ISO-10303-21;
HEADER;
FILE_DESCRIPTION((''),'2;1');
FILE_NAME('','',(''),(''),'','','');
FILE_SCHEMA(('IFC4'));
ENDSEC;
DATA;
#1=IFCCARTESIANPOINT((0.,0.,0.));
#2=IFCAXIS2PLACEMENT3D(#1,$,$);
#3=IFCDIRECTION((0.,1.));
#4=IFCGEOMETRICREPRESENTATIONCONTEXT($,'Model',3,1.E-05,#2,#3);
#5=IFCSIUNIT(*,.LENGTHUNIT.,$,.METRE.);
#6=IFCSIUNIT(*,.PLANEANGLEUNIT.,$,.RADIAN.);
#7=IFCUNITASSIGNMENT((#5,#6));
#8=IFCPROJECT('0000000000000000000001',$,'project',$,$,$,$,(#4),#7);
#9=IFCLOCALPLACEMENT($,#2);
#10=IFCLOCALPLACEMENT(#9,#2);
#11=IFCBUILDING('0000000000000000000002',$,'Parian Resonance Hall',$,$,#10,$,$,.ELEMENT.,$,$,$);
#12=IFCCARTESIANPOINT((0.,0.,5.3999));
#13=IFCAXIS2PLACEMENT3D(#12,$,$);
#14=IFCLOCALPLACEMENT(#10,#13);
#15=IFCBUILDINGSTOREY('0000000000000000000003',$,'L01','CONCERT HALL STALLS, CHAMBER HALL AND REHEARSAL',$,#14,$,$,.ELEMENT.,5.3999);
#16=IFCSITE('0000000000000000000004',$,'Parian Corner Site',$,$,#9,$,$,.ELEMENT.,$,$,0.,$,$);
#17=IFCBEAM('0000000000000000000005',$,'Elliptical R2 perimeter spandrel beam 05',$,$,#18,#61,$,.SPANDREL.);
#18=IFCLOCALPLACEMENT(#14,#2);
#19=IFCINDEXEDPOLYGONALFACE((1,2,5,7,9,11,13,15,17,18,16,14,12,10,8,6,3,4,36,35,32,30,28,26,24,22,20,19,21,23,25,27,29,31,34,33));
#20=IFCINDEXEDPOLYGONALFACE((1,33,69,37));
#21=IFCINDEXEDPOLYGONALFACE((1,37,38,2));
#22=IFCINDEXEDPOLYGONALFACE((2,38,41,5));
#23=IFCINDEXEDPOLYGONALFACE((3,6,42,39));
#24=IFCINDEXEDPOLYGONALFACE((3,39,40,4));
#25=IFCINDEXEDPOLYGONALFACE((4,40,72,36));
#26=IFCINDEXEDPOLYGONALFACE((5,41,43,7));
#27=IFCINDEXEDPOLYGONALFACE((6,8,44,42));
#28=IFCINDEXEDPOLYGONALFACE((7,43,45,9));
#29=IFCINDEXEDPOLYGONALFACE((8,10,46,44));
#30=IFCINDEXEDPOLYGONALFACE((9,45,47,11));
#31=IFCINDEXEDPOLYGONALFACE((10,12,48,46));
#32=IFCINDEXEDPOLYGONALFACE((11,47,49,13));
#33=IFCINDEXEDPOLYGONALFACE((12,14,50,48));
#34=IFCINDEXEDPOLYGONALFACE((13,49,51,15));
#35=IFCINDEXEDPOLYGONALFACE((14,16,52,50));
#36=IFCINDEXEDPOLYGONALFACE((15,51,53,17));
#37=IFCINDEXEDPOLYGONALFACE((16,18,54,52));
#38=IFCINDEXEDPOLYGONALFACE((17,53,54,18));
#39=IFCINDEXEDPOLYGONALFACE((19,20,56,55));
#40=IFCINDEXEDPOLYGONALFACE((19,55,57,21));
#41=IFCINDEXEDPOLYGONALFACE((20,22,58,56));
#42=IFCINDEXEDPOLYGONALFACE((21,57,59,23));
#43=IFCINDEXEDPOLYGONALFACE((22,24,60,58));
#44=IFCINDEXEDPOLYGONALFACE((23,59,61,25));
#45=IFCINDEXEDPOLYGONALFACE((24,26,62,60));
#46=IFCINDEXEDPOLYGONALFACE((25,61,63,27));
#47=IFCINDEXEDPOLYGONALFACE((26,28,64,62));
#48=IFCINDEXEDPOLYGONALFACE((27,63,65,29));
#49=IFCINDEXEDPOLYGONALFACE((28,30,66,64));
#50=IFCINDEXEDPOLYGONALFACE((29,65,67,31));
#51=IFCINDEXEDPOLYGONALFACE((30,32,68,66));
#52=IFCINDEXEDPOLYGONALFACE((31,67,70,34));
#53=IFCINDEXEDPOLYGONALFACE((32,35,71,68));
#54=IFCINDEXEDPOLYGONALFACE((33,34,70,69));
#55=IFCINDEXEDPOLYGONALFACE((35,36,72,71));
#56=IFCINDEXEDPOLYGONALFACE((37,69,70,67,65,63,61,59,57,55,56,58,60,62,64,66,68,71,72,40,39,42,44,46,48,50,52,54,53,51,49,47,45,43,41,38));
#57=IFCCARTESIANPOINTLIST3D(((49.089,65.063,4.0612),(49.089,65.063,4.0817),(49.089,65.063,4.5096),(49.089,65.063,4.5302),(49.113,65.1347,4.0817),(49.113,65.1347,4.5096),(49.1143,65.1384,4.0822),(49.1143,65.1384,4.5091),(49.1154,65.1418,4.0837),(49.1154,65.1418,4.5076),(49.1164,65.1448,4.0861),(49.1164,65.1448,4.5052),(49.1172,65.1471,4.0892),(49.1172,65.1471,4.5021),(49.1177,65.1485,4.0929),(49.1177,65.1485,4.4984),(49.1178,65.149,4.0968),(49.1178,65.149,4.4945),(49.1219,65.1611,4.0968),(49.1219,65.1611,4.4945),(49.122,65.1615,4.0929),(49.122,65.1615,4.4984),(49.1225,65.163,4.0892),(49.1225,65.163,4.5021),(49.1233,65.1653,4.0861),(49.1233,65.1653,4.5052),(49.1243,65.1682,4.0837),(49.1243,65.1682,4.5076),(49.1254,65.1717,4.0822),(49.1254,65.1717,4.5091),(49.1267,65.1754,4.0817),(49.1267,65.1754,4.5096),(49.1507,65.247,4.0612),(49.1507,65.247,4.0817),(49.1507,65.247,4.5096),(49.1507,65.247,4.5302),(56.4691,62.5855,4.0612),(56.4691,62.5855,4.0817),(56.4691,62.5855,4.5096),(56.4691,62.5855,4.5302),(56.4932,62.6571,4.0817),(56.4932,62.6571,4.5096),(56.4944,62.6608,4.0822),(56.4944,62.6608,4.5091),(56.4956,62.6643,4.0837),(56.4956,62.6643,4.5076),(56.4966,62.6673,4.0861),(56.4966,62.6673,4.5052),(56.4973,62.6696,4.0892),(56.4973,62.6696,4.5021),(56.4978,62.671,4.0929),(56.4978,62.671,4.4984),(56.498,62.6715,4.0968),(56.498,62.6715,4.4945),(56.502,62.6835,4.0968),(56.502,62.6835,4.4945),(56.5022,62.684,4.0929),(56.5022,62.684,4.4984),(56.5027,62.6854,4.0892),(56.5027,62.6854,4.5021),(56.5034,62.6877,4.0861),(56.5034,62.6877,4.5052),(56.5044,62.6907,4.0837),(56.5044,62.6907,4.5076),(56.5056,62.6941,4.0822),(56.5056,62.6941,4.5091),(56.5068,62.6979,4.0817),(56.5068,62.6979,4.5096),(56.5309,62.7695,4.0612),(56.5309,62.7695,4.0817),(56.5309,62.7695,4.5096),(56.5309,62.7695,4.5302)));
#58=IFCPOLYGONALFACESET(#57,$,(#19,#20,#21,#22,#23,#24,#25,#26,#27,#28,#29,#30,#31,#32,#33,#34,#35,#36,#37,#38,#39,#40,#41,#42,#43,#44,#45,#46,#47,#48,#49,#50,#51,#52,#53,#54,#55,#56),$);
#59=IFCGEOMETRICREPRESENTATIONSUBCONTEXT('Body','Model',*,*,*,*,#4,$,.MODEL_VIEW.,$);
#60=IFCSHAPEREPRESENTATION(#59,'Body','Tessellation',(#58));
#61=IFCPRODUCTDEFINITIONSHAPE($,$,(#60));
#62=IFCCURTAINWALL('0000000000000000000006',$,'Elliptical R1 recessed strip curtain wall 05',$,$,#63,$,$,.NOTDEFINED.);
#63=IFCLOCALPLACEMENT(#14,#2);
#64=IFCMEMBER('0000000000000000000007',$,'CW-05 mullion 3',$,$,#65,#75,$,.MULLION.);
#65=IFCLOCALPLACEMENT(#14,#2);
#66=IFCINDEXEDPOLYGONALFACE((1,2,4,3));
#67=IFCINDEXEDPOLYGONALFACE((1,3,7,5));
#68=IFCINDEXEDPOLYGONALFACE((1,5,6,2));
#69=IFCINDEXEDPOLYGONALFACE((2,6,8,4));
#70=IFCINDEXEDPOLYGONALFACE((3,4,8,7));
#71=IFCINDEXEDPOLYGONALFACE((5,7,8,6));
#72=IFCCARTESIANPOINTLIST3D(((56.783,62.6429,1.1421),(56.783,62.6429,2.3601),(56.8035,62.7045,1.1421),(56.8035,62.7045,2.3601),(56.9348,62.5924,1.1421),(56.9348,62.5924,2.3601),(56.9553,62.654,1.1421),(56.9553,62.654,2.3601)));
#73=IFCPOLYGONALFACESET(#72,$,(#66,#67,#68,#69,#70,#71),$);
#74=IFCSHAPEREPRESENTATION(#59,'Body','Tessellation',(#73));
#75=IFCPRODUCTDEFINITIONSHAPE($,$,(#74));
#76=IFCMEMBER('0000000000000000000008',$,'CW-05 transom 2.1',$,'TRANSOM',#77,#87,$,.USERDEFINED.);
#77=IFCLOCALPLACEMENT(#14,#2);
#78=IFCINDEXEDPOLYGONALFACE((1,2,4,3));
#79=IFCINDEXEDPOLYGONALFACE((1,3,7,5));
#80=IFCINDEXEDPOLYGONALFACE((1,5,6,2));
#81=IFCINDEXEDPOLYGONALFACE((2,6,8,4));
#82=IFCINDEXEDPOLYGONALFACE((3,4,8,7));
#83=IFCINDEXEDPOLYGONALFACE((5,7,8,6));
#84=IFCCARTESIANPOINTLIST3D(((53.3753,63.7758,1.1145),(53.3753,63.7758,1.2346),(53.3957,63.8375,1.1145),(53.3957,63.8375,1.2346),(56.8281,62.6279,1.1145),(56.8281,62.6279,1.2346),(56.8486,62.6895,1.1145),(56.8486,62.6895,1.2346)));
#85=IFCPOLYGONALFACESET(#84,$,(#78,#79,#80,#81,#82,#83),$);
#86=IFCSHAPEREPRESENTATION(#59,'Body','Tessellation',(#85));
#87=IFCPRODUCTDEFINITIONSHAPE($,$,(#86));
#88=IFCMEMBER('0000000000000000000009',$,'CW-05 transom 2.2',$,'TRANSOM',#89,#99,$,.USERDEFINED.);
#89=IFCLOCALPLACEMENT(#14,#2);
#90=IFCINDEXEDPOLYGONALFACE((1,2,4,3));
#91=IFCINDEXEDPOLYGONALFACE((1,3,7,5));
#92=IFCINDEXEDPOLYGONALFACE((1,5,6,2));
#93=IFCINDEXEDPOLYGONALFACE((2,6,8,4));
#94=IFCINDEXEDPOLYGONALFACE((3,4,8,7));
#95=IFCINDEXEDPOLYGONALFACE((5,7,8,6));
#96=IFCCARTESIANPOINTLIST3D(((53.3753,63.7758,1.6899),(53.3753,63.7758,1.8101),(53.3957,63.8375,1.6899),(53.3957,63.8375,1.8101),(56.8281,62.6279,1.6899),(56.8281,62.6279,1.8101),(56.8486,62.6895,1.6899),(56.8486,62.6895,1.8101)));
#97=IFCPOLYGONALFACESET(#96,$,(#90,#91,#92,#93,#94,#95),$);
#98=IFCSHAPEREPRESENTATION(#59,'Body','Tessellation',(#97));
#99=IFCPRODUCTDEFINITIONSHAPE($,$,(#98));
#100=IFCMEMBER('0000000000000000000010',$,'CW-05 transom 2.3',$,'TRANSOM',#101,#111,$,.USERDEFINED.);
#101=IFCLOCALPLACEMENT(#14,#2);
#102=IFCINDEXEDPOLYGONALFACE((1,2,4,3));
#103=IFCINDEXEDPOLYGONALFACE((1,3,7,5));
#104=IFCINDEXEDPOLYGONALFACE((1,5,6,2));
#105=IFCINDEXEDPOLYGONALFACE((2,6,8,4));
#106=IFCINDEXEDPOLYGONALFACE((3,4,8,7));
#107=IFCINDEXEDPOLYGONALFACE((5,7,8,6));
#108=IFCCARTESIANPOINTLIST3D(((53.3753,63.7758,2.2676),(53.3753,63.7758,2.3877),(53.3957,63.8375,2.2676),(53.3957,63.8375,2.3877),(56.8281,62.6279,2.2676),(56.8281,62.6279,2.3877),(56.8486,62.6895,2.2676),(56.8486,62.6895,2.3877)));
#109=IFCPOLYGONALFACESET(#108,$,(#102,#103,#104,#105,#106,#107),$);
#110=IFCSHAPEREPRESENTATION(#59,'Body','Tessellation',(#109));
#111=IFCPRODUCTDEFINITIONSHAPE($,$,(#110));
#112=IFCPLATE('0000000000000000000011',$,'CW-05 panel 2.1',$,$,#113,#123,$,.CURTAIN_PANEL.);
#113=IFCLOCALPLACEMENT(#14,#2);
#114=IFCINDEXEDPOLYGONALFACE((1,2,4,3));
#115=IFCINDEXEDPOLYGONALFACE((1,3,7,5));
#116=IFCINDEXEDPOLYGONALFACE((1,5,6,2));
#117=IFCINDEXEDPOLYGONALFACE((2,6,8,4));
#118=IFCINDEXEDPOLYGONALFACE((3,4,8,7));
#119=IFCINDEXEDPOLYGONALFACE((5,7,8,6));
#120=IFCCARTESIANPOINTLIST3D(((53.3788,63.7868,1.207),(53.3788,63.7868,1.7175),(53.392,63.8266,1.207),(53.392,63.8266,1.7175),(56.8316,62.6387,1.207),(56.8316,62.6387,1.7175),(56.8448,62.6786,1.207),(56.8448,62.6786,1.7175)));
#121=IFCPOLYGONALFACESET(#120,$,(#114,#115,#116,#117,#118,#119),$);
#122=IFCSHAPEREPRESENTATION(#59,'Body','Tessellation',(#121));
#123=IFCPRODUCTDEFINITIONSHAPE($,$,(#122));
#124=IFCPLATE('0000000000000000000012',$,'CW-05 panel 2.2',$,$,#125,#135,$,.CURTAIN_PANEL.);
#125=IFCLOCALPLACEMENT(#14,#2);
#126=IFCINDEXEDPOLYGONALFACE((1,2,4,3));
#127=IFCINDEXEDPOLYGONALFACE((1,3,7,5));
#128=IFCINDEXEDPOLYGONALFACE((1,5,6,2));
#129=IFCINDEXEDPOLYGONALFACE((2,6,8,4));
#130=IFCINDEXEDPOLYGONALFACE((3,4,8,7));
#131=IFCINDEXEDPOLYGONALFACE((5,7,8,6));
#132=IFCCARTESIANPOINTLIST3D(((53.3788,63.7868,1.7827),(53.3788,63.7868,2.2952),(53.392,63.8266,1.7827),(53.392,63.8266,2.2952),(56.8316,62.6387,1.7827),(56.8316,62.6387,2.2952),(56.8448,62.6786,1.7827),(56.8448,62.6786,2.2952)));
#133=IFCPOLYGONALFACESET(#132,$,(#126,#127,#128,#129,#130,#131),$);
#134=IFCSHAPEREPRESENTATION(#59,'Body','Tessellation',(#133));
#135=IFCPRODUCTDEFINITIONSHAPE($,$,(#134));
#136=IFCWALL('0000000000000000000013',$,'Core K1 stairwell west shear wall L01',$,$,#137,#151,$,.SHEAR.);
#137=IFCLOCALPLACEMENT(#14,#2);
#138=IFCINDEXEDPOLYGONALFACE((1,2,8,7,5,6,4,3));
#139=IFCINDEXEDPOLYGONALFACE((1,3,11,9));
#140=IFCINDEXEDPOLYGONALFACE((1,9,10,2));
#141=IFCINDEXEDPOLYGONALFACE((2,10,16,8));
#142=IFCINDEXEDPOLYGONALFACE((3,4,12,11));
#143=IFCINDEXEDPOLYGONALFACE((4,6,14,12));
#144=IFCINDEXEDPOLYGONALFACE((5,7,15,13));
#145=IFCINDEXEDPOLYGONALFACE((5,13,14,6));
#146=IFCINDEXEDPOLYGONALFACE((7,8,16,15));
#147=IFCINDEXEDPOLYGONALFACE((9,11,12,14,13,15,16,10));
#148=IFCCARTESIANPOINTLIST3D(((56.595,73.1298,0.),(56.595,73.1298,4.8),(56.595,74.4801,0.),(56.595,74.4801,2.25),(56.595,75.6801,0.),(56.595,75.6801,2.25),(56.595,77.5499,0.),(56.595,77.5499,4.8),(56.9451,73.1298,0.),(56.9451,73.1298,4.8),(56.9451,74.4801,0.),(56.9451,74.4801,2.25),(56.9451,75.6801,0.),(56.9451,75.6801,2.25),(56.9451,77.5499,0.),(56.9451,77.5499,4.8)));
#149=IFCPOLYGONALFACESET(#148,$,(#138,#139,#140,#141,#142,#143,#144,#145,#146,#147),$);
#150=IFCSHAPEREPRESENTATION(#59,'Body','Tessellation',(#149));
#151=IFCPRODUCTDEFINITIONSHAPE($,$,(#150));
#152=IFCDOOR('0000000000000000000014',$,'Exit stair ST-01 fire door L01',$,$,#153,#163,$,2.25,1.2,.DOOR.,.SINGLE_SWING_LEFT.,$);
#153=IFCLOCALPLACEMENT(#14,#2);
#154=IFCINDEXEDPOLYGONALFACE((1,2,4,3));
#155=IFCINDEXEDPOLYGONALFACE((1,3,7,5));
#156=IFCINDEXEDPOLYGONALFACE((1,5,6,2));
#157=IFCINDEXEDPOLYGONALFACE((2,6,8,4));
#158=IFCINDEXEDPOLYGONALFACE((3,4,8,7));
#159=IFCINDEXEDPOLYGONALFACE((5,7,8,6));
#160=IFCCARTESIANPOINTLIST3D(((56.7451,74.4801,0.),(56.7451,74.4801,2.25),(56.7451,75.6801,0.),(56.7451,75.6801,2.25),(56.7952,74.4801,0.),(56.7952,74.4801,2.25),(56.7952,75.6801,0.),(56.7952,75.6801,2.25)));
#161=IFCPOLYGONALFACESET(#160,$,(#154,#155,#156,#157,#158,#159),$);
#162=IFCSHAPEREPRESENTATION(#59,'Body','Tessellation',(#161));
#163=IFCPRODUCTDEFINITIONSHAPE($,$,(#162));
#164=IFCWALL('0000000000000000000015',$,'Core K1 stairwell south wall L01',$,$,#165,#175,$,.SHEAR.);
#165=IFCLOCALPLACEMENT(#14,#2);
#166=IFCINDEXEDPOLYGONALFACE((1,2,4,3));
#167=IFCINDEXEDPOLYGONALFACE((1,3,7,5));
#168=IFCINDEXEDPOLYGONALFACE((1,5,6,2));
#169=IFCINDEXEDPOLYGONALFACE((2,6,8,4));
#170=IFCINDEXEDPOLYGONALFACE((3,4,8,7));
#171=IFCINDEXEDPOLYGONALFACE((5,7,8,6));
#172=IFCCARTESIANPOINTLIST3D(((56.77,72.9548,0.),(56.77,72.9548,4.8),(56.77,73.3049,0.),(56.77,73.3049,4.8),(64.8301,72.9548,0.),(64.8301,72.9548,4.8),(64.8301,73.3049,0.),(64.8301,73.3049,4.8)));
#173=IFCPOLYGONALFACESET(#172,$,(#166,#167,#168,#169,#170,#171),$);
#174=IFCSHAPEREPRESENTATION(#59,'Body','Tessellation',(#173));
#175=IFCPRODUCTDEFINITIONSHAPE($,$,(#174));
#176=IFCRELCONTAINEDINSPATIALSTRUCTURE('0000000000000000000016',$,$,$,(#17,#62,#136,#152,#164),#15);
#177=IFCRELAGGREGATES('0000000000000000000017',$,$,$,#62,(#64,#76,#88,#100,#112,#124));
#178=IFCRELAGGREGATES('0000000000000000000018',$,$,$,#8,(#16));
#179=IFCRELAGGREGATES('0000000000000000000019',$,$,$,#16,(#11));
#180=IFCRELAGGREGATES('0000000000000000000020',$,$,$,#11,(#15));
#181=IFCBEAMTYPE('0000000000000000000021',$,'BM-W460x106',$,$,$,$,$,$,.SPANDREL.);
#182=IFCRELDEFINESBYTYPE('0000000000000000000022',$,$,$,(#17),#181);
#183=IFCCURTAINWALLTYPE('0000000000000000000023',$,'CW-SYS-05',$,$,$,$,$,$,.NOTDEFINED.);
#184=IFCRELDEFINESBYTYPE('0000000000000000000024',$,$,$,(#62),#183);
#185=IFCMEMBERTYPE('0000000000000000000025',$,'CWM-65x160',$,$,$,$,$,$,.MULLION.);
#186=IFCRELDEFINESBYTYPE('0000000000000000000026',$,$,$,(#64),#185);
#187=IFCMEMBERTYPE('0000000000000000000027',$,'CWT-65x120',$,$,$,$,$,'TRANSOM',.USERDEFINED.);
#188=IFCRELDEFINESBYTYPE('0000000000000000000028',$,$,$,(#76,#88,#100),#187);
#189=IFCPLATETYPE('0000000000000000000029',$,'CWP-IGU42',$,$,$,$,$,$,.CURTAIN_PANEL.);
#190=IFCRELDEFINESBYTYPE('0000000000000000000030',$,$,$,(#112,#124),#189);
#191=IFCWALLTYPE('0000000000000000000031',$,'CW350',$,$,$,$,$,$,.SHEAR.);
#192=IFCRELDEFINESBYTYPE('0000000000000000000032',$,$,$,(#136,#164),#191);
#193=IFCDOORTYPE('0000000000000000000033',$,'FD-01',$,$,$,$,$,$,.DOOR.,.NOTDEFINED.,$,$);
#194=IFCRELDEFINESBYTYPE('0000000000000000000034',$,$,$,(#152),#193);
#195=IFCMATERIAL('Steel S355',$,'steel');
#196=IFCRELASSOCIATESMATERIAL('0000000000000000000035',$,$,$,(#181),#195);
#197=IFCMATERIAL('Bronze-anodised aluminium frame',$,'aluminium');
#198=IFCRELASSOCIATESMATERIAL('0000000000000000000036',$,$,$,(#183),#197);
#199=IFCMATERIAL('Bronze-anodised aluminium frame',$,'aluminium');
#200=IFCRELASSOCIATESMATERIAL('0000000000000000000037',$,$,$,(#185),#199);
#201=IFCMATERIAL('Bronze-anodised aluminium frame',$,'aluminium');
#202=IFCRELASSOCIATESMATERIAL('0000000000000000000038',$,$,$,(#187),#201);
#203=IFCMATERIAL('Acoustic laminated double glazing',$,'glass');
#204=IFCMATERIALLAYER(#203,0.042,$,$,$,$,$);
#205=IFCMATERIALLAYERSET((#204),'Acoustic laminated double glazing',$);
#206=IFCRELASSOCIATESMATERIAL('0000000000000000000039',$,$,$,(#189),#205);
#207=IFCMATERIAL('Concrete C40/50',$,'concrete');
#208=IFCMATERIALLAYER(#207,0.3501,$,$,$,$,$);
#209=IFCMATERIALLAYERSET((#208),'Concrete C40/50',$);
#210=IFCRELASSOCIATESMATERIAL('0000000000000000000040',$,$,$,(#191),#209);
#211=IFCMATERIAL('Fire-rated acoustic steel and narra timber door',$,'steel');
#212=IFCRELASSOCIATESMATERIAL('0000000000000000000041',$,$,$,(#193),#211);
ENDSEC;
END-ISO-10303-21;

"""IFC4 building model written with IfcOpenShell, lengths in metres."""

from ifc_helpers import new_model, si_unit, direction, frame, frame_2d, origin, origin_2d, place, context, subcontext, project, spatial, rectangle, i_section, extrude, material, layer, layer_set, material_profile, profile_set, type_object, element, fill, aggregate, save


model = new_model("IFC4")

# Units and contexts
model_context = context("Model", 3, precision=1e-05, world=origin(), true_north=direction((0.0, 1.0)))
body_context = subcontext(model_context, "Body", "Model", "MODEL_VIEW")
ifc_project = project(units=[si_unit("LENGTHUNIT", "METRE"), si_unit("PLANEANGLEUNIT", "RADIAN")], contexts=[model_context])

# Site, building, storey
site_placement = place(None, origin())
site = spatial("IfcSite", under=ifc_project, at=site_placement, Name="Parian Corner Site", CompositionType="ELEMENT", RefElevation=0.0)
building_placement = place(site_placement, origin())
building = spatial("IfcBuilding", under=site, at=building_placement, Name="Parian Resonance Hall", CompositionType="ELEMENT")
storey_placement = place(building_placement, frame((0.0, 0.0, 5.3999)))
storey = spatial("IfcBuildingStorey", under=building, at=storey_placement, Name="L01", Description="CONCERT HALL STALLS, CHAMBER HALL AND REHEARSAL", CompositionType="ELEMENT", Elevation=5.3999)

# Beam
ifc_material_1 = material(Name="Steel S355", Category="steel")
ifc_material_profile_1 = material_profile(ifc_material_1, i_section(OverallWidth=0.1941, OverallDepth=0.469, WebThickness=0.0127, FlangeThickness=0.0205, FilletRadius=0.0151, at=origin_2d()), Name="W460x106")
ifc_profile_set_1 = profile_set([ifc_material_profile_1], Name="Steel S355")
beam_type_1 = type_object("IfcBeamType", Name="BM-W460x106", PredefinedType="SPANDREL", material=ifc_profile_set_1)
beam_1_placement = place(storey_placement, frame((56.5, 62.6775, 4.2957), z_axis=(-0.948007, 0.31825, 0.0), x_axis=(-0.31825, -0.948007, 0.0)))
element("IfcBeam", 1, at=beam_1_placement, inside=storey, type_object=beam_type_1, Name="Elliptical R2 perimeter spandrel beam 05", PredefinedType="SPANDREL", context=body_context, shape_type="SweptSolid", body=[
    extrude(i_section(OverallWidth=0.1941, OverallDepth=0.469, WebThickness=0.0127, FlangeThickness=0.0205, FilletRadius=0.0151, at=origin_2d()), origin(), (0.0, 0.0, 1.0), 7.7849),
])

# Curtain wall, members, plates
ifc_material_2 = material(Name="Bronze-anodised aluminium frame", Category="aluminium")
curtain_wall_type = type_object("IfcCurtainWallType", Name="CW-SYS-05", PredefinedType="NOTDEFINED", material=ifc_material_2)
curtain_wall_placement = place(storey_placement, origin())
curtain_wall = element("IfcCurtainWall", 2, at=curtain_wall_placement, inside=storey, type_object=curtain_wall_type, Name="Elliptical R1 recessed strip curtain wall 05", PredefinedType="NOTDEFINED")
ifc_material_3 = material(Name="Bronze-anodised aluminium frame", Category="aluminium")
ifc_material_profile_2 = material_profile(ifc_material_3, rectangle(XDim=0.0649, YDim=0.1599, at=origin_2d()), Name="CWM-65x160")
ifc_profile_set_2 = profile_set([ifc_material_profile_2], Name="Bronze-anodised aluminium frame")
member_type_1 = type_object("IfcMemberType", Name="CWM-65x160", PredefinedType="MULLION", material=ifc_profile_set_2)
member_1_placement = place(storey_placement, frame((56.8691, 62.6484, 1.1421), z_axis=(0.0, 0.0, 1.0), x_axis=(0.315509, 0.948923, 0.0)))
member_1 = element("IfcMember", 3, at=member_1_placement, type_object=member_type_1, Name="CW-05 mullion 3", PredefinedType="MULLION", context=body_context, shape_type="SweptSolid", body=[
    extrude(rectangle(XDim=0.0649, YDim=0.1599, at=origin_2d()), origin(), (0.0, 0.0, 1.0), 1.218),
])
ifc_material_4 = material(Name="Bronze-anodised aluminium frame", Category="aluminium")
ifc_material_profile_3 = material_profile(ifc_material_4, rectangle(XDim=0.0649, YDim=0.1201, at=origin_2d()), Name="CWT-65x120")
ifc_profile_set_3 = profile_set([ifc_material_profile_3], Name="Bronze-anodised aluminium frame")
member_type_2 = type_object("IfcMemberType", Name="CWT-65x120", ElementType="TRANSOM", PredefinedType="USERDEFINED", material=ifc_profile_set_3)
member_2_placement = place(storey_placement, frame((53.3855, 63.8066, 1.1746), z_axis=(0.948931, -0.315483, 0.0), x_axis=(0.315483, 0.948931, 0.0)))
member_2 = element("IfcMember", 4, at=member_2_placement, type_object=member_type_2, Name="CW-05 transom 2.1", ObjectType="TRANSOM", PredefinedType="USERDEFINED", context=body_context, shape_type="SweptSolid", body=[
    extrude(rectangle(XDim=0.0649, YDim=0.1201, at=origin_2d()), origin(), (0.0, 0.0, 1.0), 3.6387),
])
member_3_placement = place(storey_placement, frame((53.3855, 63.8066, 1.75), z_axis=(0.948931, -0.315483, 0.0), x_axis=(0.315483, 0.948931, 0.0)))
member_3 = element("IfcMember", 5, at=member_3_placement, type_object=member_type_2, Name="CW-05 transom 2.2", ObjectType="TRANSOM", PredefinedType="USERDEFINED", context=body_context, shape_type="SweptSolid", body=[
    extrude(rectangle(XDim=0.0649, YDim=0.1201, at=origin_2d()), origin(), (0.0, 0.0, 1.0), 3.6387),
])
member_4_placement = place(storey_placement, frame((53.3855, 63.8066, 2.3276), z_axis=(0.948931, -0.315483, 0.0), x_axis=(0.315483, 0.948931, 0.0)))
member_4 = element("IfcMember", 6, at=member_4_placement, type_object=member_type_2, Name="CW-05 transom 2.3", ObjectType="TRANSOM", PredefinedType="USERDEFINED", context=body_context, shape_type="SweptSolid", body=[
    extrude(rectangle(XDim=0.0649, YDim=0.1201, at=origin_2d()), origin(), (0.0, 0.0, 1.0), 3.6387),
])
ifc_material_5 = material(Name="Acoustic laminated double glazing", Category="glass")
ifc_layer_1 = layer(ifc_material_5, 0.042)
ifc_layer_set_1 = layer_set([ifc_layer_1], Name="Acoustic laminated double glazing")
plate_type = type_object("IfcPlateType", Name="CWP-IGU42", PredefinedType="CURTAIN_PANEL", material=ifc_layer_set_1)
plate_1_placement = place(storey_placement, frame((55.1118, 63.2327, 1.207), z_axis=(0.0, 0.0, 1.0), x_axis=(0.948923, -0.315509, 0.0)))
plate_1 = element("IfcPlate", 7, at=plate_1_placement, type_object=plate_type, Name="CW-05 panel 2.1", PredefinedType="CURTAIN_PANEL", context=body_context, shape_type="SweptSolid", body=[
    extrude(rectangle(XDim=3.6387, YDim=0.042, at=origin_2d()), origin(), (0.0, 0.0, 1.0), 0.5105),
])
plate_2_placement = place(storey_placement, frame((55.1118, 63.2327, 1.7827), z_axis=(0.0, 0.0, 1.0), x_axis=(0.948923, -0.315509, 0.0)))
plate_2 = element("IfcPlate", 8, at=plate_2_placement, type_object=plate_type, Name="CW-05 panel 2.2", PredefinedType="CURTAIN_PANEL", context=body_context, shape_type="SweptSolid", body=[
    extrude(rectangle(XDim=3.6387, YDim=0.042, at=origin_2d()), origin(), (0.0, 0.0, 1.0), 0.5125),
])
aggregate(curtain_wall, [member_1, member_2, member_3, member_4, plate_1, plate_2])

# Wall, opening, door
ifc_material_6 = material(Name="Concrete C40/50", Category="concrete")
ifc_layer_2 = layer(ifc_material_6, 0.3501)
ifc_layer_set_2 = layer_set([ifc_layer_2], Name="Concrete C40/50")
wall_type_1 = type_object("IfcWallType", Name="CW350", PredefinedType="SHEAR", material=ifc_layer_set_2)
wall_1_placement = place(storey_placement, frame((56.77, 73.1299, 0.0), z_axis=(0.0, 0.0, 1.0), x_axis=(0.0, 1.0, 0.0)))
wall_1 = element("IfcWall", 9, at=wall_1_placement, inside=storey, type_object=wall_type_1, Name="Core K1 stairwell west shear wall L01", PredefinedType="SHEAR", context=body_context, shape_type="SweptSolid", body=[
    extrude(rectangle(XDim=4.4202, YDim=0.3501, at=frame_2d((2.21, 0.0))), origin(), (0.0, 0.0, 1.0), 4.8),
])
opening_placement = place(wall_1_placement, frame((1.3501, 0.0, 0.0)))
opening = element("IfcOpeningElement", 10, at=opening_placement, cuts=wall_1, PredefinedType="OPENING", context=body_context, shape_type="SweptSolid", body=[
    extrude(rectangle(XDim=1.2, YDim=2.25, at=frame_2d((0.6001, 1.125))), frame((0.0, 0.1851, 0.0), z_axis=(0.0, -1.0, 0.0), x_axis=(1.0, 0.0, 0.0)), (0.0, 0.0, 1.0), 0.3701),
])
ifc_material_7 = material(Name="Fire-rated acoustic steel and narra timber door", Category="steel")
door_type = type_object("IfcDoorType", Name="FD-01", OperationType="NOTDEFINED", PredefinedType="DOOR", material=ifc_material_7)
door_placement = place(opening_placement, origin())
door = element("IfcDoor", 11, at=door_placement, inside=storey, type_object=door_type, Name="Exit stair ST-01 fire door L01", OperationType="SINGLE_SWING_LEFT", OverallHeight=2.25, OverallWidth=1.2, PredefinedType="DOOR", context=body_context, shape_type="SweptSolid", body=[
    extrude(rectangle(XDim=1.2, YDim=2.25, at=frame_2d((0.6001, 1.125))), frame((0.0, 0.0249, 0.0), z_axis=(0.0, -1.0, 0.0), x_axis=(1.0, 0.0, 0.0)), (0.0, 0.0, 1.0), 0.05),
])
fill(opening, door)

# Wall
wall_2_placement = place(storey_placement, frame((64.8301, 73.1299, 0.0), z_axis=(0.0, 0.0, 1.0), x_axis=(-1.0, 0.0, 0.0)))
element("IfcWall", 12, at=wall_2_placement, inside=storey, type_object=wall_type_1, Name="Core K1 stairwell south wall L01", PredefinedType="SHEAR", context=body_context, shape_type="SweptSolid", body=[
    extrude(rectangle(XDim=8.0601, YDim=0.3501, at=frame_2d((4.03, 0.0))), origin(), (0.0, 0.0, 1.0), 4.8),
])

save(model, "model.ifc")
